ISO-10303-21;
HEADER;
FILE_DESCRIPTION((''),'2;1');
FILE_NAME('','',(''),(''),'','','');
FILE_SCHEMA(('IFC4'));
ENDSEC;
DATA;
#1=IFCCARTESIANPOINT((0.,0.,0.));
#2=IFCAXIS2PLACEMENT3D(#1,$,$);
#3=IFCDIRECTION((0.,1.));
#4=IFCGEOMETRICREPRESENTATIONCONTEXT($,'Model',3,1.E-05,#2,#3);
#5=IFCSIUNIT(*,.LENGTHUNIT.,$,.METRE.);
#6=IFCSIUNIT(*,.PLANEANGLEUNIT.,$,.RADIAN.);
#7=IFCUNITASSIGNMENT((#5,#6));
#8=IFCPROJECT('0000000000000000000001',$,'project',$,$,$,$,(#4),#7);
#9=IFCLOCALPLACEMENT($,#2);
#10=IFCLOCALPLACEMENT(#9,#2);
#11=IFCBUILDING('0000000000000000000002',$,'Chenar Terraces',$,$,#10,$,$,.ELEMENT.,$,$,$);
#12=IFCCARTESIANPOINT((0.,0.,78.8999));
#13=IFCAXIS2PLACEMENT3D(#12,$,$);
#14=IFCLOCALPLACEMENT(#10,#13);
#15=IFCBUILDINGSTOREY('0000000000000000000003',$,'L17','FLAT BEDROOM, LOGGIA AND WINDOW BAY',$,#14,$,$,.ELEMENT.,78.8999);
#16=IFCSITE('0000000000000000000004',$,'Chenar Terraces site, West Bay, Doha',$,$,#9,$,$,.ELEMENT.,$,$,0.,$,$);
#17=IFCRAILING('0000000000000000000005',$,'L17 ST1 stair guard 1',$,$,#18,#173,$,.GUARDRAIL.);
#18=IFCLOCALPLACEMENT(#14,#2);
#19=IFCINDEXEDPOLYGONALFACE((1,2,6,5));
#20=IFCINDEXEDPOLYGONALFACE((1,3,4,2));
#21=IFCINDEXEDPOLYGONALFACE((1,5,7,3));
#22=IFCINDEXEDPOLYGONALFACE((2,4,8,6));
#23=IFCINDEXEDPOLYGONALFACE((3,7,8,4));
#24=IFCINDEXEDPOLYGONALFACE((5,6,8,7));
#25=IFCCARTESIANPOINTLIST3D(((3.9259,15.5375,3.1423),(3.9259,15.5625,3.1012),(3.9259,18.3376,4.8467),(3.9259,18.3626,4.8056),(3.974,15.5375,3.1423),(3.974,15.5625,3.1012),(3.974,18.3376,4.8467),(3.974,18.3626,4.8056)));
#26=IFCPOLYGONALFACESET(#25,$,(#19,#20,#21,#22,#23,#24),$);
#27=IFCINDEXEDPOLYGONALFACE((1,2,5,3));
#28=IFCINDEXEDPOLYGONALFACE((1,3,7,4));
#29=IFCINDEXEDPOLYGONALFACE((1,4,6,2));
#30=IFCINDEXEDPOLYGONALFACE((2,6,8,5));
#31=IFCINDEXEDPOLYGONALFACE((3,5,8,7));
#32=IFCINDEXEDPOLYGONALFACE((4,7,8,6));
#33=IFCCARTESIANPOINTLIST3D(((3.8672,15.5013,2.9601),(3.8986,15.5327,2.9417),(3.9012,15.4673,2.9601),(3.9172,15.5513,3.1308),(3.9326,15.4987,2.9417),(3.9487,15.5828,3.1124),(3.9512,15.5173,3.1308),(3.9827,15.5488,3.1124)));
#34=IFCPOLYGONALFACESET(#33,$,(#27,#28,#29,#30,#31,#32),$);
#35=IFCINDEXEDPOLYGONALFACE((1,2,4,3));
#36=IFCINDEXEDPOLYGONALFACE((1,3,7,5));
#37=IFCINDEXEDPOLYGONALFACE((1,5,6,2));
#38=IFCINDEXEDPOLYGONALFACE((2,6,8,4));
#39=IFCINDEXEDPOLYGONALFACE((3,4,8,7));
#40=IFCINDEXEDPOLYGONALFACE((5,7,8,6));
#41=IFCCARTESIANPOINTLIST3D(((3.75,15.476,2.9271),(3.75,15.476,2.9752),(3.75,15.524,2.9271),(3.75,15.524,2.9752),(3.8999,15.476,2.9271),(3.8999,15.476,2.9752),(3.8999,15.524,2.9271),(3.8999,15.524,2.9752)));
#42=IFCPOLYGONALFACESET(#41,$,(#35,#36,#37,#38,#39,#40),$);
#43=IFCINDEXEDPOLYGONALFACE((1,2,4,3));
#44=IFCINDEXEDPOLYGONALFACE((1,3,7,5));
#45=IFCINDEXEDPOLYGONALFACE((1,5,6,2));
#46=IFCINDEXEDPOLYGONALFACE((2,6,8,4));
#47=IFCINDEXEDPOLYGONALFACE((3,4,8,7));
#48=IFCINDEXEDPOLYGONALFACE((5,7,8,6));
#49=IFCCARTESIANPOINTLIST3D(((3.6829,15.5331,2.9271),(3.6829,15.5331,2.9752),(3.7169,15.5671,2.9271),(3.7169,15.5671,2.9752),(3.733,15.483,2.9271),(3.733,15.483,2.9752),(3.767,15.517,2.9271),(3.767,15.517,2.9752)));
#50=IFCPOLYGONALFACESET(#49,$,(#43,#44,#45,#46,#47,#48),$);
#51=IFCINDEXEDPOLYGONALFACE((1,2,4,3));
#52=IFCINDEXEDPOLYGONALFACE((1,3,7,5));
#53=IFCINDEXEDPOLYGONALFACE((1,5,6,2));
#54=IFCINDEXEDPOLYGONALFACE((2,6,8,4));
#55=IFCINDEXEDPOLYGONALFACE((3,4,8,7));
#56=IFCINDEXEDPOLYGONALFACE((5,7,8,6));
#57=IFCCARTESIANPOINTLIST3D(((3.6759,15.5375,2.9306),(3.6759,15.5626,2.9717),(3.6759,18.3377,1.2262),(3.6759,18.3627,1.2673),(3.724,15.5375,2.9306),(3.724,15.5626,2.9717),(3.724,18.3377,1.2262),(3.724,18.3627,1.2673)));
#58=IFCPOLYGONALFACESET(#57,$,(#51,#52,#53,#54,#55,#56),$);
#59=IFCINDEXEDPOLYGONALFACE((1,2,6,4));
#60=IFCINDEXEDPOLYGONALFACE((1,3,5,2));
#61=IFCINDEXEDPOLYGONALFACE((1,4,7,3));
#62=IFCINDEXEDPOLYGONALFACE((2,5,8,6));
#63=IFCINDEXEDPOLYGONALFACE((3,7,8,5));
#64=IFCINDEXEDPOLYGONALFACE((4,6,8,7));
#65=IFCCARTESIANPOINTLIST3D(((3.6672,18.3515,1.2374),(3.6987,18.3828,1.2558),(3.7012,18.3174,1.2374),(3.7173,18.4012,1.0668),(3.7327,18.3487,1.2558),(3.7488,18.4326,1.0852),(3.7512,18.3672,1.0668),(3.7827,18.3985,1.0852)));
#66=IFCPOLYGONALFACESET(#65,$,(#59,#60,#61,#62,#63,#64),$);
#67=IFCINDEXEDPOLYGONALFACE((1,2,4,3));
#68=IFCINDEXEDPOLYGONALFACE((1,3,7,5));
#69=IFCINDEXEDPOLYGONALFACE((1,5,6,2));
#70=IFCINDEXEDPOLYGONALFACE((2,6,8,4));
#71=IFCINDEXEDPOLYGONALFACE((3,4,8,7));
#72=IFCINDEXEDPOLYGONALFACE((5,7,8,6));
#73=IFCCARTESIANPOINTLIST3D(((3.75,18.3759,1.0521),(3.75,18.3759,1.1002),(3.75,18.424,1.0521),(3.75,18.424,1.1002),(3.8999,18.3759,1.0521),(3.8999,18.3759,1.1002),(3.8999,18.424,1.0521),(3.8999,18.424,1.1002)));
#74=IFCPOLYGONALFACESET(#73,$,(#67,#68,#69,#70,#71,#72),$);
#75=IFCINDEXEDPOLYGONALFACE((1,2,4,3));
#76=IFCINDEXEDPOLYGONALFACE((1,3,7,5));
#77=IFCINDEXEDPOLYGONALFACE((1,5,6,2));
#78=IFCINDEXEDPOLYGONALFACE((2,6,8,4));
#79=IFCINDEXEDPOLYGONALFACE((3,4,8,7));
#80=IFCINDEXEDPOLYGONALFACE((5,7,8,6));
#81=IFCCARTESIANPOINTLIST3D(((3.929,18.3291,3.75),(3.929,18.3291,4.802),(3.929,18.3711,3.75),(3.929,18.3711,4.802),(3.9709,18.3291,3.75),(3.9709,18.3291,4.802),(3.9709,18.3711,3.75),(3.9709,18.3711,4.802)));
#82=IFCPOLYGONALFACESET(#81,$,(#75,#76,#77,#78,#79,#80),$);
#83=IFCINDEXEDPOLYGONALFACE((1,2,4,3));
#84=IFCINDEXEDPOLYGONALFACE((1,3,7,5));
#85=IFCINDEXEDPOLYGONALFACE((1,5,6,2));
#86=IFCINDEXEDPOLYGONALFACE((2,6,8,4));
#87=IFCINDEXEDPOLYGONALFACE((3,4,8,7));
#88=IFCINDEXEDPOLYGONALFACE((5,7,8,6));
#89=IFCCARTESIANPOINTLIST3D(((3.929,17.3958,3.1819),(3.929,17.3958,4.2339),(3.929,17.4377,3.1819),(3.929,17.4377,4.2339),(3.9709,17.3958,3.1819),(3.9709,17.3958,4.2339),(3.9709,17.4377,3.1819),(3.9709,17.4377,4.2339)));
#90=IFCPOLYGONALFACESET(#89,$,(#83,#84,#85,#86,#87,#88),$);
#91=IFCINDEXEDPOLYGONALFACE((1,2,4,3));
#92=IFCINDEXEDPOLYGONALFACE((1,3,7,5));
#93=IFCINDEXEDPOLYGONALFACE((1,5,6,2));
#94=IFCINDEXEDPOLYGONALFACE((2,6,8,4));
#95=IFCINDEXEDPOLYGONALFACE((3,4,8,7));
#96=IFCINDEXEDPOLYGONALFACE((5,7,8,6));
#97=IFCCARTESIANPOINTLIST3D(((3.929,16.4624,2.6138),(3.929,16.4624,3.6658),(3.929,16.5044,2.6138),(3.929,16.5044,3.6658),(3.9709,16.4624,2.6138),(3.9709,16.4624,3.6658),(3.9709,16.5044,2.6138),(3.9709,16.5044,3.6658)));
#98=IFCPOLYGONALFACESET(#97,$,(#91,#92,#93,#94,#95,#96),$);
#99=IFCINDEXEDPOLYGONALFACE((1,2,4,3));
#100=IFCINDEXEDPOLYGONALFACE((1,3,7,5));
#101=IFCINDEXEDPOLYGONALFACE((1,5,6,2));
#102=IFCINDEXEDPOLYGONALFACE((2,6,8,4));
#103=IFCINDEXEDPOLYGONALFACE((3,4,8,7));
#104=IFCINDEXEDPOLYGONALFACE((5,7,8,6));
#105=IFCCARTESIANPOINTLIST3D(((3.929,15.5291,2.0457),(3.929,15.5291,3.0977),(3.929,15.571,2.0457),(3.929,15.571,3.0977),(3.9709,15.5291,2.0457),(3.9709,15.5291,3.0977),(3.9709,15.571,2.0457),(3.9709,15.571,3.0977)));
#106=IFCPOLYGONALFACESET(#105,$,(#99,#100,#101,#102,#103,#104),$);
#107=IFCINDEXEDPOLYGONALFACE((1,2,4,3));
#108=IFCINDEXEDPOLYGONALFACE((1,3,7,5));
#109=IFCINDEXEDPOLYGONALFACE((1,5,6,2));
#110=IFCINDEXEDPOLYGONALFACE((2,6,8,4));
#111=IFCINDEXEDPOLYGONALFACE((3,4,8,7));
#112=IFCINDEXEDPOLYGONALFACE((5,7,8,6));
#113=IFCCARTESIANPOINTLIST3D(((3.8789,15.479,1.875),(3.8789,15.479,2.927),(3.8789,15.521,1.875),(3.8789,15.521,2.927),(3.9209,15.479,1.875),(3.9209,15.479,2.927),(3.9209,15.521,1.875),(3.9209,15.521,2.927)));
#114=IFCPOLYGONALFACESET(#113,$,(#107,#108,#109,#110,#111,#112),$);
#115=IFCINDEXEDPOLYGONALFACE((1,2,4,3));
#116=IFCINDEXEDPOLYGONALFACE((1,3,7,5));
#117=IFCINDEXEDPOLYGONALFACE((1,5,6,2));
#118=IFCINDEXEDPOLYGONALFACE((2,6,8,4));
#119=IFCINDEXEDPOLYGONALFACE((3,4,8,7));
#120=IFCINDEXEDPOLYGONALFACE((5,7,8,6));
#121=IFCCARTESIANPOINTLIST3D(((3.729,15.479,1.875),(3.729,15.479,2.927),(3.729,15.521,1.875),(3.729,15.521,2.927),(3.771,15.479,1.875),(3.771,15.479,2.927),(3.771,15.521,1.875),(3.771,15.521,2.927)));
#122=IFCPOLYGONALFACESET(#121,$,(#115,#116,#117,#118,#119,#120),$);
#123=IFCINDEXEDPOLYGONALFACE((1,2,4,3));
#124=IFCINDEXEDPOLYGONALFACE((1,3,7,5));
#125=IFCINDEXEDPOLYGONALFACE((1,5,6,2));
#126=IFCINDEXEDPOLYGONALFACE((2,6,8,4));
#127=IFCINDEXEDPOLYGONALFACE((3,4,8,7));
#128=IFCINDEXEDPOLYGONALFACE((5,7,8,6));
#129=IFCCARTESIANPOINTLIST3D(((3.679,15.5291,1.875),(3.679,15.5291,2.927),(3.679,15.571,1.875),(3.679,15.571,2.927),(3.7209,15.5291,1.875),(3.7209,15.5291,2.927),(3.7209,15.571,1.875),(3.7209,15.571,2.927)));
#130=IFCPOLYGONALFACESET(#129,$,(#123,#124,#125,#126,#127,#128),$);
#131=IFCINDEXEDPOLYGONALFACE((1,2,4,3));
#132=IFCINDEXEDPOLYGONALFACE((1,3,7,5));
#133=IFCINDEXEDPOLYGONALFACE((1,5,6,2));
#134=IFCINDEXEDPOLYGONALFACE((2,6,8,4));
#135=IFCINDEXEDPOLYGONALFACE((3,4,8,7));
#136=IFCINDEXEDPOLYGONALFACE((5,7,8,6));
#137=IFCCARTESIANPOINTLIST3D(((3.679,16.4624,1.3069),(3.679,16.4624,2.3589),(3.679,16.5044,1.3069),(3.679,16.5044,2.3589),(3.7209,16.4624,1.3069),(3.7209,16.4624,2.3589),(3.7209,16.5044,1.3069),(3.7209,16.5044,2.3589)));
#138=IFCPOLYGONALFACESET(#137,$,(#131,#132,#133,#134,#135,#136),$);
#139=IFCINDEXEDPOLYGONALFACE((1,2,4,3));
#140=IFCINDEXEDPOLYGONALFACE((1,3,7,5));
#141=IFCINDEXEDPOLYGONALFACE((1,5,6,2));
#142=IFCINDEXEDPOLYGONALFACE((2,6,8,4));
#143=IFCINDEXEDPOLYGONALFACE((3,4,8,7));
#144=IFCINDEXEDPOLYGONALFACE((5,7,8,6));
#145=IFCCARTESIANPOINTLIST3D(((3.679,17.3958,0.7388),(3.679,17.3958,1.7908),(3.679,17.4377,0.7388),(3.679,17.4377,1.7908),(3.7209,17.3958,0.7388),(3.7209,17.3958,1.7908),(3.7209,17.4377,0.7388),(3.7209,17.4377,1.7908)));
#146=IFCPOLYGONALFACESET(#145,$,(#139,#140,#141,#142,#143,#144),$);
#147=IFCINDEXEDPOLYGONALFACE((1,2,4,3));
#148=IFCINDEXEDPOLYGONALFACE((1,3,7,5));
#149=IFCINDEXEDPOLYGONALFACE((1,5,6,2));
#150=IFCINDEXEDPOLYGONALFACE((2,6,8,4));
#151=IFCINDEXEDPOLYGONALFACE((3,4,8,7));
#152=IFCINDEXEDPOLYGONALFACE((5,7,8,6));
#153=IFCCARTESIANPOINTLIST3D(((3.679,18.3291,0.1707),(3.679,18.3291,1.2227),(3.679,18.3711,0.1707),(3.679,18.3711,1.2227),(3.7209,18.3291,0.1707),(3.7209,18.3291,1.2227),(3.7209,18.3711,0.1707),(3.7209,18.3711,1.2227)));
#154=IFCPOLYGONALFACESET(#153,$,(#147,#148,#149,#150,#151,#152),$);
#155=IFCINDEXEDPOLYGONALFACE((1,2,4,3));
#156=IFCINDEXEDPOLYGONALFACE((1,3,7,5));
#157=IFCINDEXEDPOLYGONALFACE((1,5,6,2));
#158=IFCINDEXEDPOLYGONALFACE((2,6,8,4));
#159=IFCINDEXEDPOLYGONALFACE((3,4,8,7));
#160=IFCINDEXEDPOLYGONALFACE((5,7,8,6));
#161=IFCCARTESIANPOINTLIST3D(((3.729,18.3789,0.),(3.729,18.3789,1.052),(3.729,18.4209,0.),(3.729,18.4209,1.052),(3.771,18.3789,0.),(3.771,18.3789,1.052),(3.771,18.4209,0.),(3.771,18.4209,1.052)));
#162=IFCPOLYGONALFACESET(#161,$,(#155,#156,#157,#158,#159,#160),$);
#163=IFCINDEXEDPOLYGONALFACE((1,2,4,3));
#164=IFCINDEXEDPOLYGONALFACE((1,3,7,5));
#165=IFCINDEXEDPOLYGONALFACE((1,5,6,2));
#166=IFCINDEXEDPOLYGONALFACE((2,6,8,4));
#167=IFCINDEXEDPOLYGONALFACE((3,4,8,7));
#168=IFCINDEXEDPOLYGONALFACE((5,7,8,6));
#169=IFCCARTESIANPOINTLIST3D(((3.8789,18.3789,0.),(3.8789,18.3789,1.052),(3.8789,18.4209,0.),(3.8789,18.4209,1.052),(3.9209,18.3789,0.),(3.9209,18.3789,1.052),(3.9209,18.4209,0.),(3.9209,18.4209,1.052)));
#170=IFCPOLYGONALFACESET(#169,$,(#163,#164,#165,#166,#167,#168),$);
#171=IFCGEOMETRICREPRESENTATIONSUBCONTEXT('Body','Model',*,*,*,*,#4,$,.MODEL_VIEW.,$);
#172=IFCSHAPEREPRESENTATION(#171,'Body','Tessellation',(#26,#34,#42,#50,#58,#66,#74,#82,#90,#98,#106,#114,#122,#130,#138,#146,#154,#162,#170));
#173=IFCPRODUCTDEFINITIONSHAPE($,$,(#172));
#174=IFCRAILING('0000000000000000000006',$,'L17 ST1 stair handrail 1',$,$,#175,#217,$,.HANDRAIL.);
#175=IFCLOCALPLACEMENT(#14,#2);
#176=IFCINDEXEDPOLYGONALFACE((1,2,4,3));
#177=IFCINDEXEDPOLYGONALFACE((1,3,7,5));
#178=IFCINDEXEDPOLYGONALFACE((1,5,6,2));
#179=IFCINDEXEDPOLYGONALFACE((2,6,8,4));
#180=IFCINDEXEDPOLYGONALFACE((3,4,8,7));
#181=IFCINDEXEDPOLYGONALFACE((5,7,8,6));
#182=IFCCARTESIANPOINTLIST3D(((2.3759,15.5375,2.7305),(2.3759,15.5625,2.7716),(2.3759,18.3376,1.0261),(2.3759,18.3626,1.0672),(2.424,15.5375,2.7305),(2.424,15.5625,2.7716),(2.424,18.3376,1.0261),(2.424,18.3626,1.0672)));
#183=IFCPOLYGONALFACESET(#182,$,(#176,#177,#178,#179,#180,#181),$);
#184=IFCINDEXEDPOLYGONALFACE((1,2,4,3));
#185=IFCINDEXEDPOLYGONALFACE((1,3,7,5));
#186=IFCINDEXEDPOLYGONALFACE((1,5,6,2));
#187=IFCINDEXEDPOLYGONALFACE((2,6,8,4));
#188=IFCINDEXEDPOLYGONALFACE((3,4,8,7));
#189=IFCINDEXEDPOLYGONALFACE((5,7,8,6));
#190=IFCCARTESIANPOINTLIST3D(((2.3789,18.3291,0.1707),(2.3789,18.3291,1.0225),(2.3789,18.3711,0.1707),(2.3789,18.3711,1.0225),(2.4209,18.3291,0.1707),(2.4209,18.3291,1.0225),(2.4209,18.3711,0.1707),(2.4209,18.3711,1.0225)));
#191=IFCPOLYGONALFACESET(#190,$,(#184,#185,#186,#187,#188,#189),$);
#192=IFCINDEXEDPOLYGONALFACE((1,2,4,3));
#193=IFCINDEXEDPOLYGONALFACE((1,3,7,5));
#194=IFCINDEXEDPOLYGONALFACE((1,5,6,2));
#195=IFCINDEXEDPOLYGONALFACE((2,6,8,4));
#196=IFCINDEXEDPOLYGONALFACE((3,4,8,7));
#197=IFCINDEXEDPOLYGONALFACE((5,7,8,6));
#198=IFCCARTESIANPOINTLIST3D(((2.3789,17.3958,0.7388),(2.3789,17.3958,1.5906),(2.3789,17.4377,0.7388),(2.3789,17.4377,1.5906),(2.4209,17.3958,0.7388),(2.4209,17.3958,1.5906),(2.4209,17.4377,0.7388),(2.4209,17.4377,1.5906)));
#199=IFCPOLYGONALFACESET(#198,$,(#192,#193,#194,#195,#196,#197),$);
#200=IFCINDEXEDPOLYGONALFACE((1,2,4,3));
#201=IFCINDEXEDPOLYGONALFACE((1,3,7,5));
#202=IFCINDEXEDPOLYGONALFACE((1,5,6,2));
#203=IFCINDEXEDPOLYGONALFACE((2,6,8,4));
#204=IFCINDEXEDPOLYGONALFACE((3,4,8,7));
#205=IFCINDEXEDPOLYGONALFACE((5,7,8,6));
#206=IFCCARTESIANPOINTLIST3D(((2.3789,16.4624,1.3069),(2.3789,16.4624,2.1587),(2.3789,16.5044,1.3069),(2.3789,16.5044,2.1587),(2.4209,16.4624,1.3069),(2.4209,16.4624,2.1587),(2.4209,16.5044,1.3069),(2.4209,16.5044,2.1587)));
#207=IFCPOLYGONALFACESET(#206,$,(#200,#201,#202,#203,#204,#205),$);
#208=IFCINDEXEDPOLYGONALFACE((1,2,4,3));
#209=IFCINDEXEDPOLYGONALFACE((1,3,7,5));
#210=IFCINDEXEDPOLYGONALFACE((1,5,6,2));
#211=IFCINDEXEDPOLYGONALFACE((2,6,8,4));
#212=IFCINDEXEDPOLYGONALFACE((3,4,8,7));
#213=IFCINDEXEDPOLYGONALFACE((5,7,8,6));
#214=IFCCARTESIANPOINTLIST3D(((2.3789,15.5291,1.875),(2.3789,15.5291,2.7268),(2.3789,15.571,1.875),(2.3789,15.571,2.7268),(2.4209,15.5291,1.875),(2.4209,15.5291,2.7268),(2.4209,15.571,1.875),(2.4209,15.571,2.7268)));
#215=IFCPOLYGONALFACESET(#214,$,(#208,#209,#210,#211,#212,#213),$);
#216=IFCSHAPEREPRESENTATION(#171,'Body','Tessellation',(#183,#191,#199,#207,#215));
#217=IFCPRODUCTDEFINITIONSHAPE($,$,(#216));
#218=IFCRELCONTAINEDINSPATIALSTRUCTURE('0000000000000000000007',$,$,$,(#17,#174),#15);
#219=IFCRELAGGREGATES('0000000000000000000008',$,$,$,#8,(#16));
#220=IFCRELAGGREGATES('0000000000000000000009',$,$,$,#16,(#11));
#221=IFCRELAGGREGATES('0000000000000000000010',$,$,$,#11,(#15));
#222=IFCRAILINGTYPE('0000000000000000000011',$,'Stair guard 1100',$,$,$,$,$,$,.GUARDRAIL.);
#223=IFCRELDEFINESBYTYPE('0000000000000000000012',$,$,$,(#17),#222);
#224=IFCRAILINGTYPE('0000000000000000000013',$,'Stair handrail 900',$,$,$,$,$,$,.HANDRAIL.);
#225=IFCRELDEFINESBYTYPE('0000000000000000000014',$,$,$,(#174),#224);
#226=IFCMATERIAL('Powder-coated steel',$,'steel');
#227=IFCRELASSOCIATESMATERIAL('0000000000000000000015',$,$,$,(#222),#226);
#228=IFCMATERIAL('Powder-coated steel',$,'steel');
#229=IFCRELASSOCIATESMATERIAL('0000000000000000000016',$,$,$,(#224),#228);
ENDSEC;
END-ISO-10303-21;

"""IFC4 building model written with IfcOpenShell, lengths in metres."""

from ifc_helpers import new_model, si_unit, direction, frame, origin, origin_2d, place, context, subcontext, project, spatial, rectangle, extrude, material, type_object, element, save


model = new_model("IFC4")

# Units and contexts
model_context = context("Model", 3, precision=1e-05, world=origin(), true_north=direction((0.0, 1.0)))
body_context = subcontext(model_context, "Body", "Model", "MODEL_VIEW")
ifc_project = project(units=[si_unit("LENGTHUNIT", "METRE"), si_unit("PLANEANGLEUNIT", "RADIAN")], contexts=[model_context])

# Site, building, storey
site_placement = place(None, origin())
site = spatial("IfcSite", under=ifc_project, at=site_placement, Name="Chenar Terraces site, West Bay, Doha", CompositionType="ELEMENT", RefElevation=0.0)
building_placement = place(site_placement, origin())
building = spatial("IfcBuilding", under=site, at=building_placement, Name="Chenar Terraces", CompositionType="ELEMENT")
storey_placement = place(building_placement, frame((0.0, 0.0, 78.8999)))
storey = spatial("IfcBuildingStorey", under=building, at=storey_placement, Name="L17", Description="FLAT BEDROOM, LOGGIA AND WINDOW BAY", CompositionType="ELEMENT", Elevation=78.8999)

# Railings
ifc_material_1 = material(Name="Powder-coated steel", Category="steel")
railing_type_1 = type_object("IfcRailingType", Name="Stair guard 1100", PredefinedType="GUARDRAIL", material=ifc_material_1)
railing_1_placement = place(storey_placement, frame((3.95, 18.3501, 3.75)))
element("IfcRailing", 1, at=railing_1_placement, inside=storey, type_object=railing_type_1, Name="L17 ST1 stair guard 1", PredefinedType="GUARDRAIL", context=body_context, shape_type="SweptSolid", body=[
    extrude(rectangle(XDim=0.0481, YDim=0.0481, at=origin_2d()), frame((0.0, 0.0, 1.0762), z_axis=(0.0, -0.854203, -0.51994), x_axis=(1.0, 0.0, 0.0)), (0.0, 0.0, 1.0), 3.2781),
    extrude(rectangle(XDim=0.0481, YDim=0.0481, at=origin_2d()), frame((0.0, -2.8, -0.6284), z_axis=(-0.2709, -0.2709, -0.923703), x_axis=(0.707107, -0.707107, 0.0)), (0.0, 0.0, 1.0), 0.1848),
    extrude(rectangle(XDim=0.0481, YDim=0.0481, at=origin_2d()), frame((-0.05, -2.8501, -0.7988), z_axis=(-1.0, 0.0, 0.0), x_axis=(0.0, -1.0, 0.0)), (0.0, 0.0, 1.0), 0.1499),
    extrude(rectangle(XDim=0.0481, YDim=0.0481, at=origin_2d()), frame((-0.2, -2.8501, -0.7988), z_axis=(-0.707107, 0.707107, 0.0), x_axis=(-0.707107, -0.707107, 0.0)), (0.0, 0.0, 1.0), 0.0708),
    extrude(rectangle(XDim=0.0481, YDim=0.0481, at=origin_2d()), frame((-0.25, -2.8, -0.7988), z_axis=(0.0, 0.854203, -0.51994), x_axis=(-1.0, 0.0, 0.0)), (0.0, 0.0, 1.0), 3.2781),
    extrude(rectangle(XDim=0.0481, YDim=0.0481, at=origin_2d()), frame((-0.25, 0.0, -2.5034), z_axis=(0.270997, 0.269675, -0.924033), x_axis=(-0.705376, 0.708834, 0.0)), (0.0, 0.0, 1.0), 0.1846),
    extrude(rectangle(XDim=0.0481, YDim=0.0481, at=origin_2d()), frame((-0.2, 0.0498, -2.6738), z_axis=(1.0, 0.0, 0.0), x_axis=(0.0, 1.0, 0.0)), (0.0, 0.0, 1.0), 0.1499),
    extrude(rectangle(XDim=0.042, YDim=0.042, at=origin_2d()), origin(), (0.0, 0.0, 1.0), 1.052),
    extrude(rectangle(XDim=0.042, YDim=0.042, at=origin_2d()), frame((0.0, -0.9333, -0.5681)), (0.0, 0.0, 1.0), 1.052),
    extrude(rectangle(XDim=0.042, YDim=0.042, at=origin_2d()), frame((0.0, -1.8667, -1.1362)), (0.0, 0.0, 1.0), 1.052),
    extrude(rectangle(XDim=0.042, YDim=0.042, at=origin_2d()), frame((0.0, -2.8, -1.7043)), (0.0, 0.0, 1.0), 1.052),
    extrude(rectangle(XDim=0.042, YDim=0.042, at=origin_2d()), frame((-0.05, -2.8501, -1.875)), (0.0, 0.0, 1.0), 1.052),
    extrude(rectangle(XDim=0.042, YDim=0.042, at=origin_2d()), frame((-0.2, -2.8501, -1.875)), (0.0, 0.0, 1.0), 1.052),
    extrude(rectangle(XDim=0.042, YDim=0.042, at=origin_2d()), frame((-0.25, -2.8, -1.875)), (0.0, 0.0, 1.0), 1.052),
    extrude(rectangle(XDim=0.042, YDim=0.042, at=origin_2d()), frame((-0.25, -1.8667, -2.4431)), (0.0, 0.0, 1.0), 1.052),
    extrude(rectangle(XDim=0.042, YDim=0.042, at=origin_2d()), frame((-0.25, -0.9333, -3.0112)), (0.0, 0.0, 1.0), 1.052),
    extrude(rectangle(XDim=0.042, YDim=0.042, at=origin_2d()), frame((-0.25, 0.0, -3.5793)), (0.0, 0.0, 1.0), 1.052),
    extrude(rectangle(XDim=0.042, YDim=0.042, at=origin_2d()), frame((-0.2, 0.0498, -3.75)), (0.0, 0.0, 1.0), 1.052),
    extrude(rectangle(XDim=0.042, YDim=0.042, at=origin_2d()), frame((-0.05, 0.0498, -3.75)), (0.0, 0.0, 1.0), 1.052),
])
ifc_material_2 = material(Name="Powder-coated steel", Category="steel")
railing_type_2 = type_object("IfcRailingType", Name="Stair handrail 900", PredefinedType="HANDRAIL", material=ifc_material_2)
railing_2_placement = place(storey_placement, frame((2.3999, 18.3501, 0.1707)))
element("IfcRailing", 2, at=railing_2_placement, inside=storey, type_object=railing_type_2, Name="L17 ST1 stair handrail 1", PredefinedType="HANDRAIL", context=body_context, shape_type="SweptSolid", body=[
    extrude(rectangle(XDim=0.0481, YDim=0.0481, at=origin_2d()), frame((0.0, 0.0, 0.876), z_axis=(0.0, -0.854203, 0.51994), x_axis=(1.0, 0.0, 0.0)), (0.0, 0.0, 1.0), 3.2781),
    extrude(rectangle(XDim=0.042, YDim=0.042, at=origin_2d()), origin(), (0.0, 0.0, 1.0), 0.8518),
    extrude(rectangle(XDim=0.042, YDim=0.042, at=origin_2d()), frame((0.0, -0.9333, 0.5681)), (0.0, 0.0, 1.0), 0.8518),
    extrude(rectangle(XDim=0.042, YDim=0.042, at=origin_2d()), frame((0.0, -1.8667, 1.1362)), (0.0, 0.0, 1.0), 0.8518),
    extrude(rectangle(XDim=0.042, YDim=0.042, at=origin_2d()), frame((0.0, -2.8, 1.7043)), (0.0, 0.0, 1.0), 0.8518),
])

save(model, "model.ifc")
